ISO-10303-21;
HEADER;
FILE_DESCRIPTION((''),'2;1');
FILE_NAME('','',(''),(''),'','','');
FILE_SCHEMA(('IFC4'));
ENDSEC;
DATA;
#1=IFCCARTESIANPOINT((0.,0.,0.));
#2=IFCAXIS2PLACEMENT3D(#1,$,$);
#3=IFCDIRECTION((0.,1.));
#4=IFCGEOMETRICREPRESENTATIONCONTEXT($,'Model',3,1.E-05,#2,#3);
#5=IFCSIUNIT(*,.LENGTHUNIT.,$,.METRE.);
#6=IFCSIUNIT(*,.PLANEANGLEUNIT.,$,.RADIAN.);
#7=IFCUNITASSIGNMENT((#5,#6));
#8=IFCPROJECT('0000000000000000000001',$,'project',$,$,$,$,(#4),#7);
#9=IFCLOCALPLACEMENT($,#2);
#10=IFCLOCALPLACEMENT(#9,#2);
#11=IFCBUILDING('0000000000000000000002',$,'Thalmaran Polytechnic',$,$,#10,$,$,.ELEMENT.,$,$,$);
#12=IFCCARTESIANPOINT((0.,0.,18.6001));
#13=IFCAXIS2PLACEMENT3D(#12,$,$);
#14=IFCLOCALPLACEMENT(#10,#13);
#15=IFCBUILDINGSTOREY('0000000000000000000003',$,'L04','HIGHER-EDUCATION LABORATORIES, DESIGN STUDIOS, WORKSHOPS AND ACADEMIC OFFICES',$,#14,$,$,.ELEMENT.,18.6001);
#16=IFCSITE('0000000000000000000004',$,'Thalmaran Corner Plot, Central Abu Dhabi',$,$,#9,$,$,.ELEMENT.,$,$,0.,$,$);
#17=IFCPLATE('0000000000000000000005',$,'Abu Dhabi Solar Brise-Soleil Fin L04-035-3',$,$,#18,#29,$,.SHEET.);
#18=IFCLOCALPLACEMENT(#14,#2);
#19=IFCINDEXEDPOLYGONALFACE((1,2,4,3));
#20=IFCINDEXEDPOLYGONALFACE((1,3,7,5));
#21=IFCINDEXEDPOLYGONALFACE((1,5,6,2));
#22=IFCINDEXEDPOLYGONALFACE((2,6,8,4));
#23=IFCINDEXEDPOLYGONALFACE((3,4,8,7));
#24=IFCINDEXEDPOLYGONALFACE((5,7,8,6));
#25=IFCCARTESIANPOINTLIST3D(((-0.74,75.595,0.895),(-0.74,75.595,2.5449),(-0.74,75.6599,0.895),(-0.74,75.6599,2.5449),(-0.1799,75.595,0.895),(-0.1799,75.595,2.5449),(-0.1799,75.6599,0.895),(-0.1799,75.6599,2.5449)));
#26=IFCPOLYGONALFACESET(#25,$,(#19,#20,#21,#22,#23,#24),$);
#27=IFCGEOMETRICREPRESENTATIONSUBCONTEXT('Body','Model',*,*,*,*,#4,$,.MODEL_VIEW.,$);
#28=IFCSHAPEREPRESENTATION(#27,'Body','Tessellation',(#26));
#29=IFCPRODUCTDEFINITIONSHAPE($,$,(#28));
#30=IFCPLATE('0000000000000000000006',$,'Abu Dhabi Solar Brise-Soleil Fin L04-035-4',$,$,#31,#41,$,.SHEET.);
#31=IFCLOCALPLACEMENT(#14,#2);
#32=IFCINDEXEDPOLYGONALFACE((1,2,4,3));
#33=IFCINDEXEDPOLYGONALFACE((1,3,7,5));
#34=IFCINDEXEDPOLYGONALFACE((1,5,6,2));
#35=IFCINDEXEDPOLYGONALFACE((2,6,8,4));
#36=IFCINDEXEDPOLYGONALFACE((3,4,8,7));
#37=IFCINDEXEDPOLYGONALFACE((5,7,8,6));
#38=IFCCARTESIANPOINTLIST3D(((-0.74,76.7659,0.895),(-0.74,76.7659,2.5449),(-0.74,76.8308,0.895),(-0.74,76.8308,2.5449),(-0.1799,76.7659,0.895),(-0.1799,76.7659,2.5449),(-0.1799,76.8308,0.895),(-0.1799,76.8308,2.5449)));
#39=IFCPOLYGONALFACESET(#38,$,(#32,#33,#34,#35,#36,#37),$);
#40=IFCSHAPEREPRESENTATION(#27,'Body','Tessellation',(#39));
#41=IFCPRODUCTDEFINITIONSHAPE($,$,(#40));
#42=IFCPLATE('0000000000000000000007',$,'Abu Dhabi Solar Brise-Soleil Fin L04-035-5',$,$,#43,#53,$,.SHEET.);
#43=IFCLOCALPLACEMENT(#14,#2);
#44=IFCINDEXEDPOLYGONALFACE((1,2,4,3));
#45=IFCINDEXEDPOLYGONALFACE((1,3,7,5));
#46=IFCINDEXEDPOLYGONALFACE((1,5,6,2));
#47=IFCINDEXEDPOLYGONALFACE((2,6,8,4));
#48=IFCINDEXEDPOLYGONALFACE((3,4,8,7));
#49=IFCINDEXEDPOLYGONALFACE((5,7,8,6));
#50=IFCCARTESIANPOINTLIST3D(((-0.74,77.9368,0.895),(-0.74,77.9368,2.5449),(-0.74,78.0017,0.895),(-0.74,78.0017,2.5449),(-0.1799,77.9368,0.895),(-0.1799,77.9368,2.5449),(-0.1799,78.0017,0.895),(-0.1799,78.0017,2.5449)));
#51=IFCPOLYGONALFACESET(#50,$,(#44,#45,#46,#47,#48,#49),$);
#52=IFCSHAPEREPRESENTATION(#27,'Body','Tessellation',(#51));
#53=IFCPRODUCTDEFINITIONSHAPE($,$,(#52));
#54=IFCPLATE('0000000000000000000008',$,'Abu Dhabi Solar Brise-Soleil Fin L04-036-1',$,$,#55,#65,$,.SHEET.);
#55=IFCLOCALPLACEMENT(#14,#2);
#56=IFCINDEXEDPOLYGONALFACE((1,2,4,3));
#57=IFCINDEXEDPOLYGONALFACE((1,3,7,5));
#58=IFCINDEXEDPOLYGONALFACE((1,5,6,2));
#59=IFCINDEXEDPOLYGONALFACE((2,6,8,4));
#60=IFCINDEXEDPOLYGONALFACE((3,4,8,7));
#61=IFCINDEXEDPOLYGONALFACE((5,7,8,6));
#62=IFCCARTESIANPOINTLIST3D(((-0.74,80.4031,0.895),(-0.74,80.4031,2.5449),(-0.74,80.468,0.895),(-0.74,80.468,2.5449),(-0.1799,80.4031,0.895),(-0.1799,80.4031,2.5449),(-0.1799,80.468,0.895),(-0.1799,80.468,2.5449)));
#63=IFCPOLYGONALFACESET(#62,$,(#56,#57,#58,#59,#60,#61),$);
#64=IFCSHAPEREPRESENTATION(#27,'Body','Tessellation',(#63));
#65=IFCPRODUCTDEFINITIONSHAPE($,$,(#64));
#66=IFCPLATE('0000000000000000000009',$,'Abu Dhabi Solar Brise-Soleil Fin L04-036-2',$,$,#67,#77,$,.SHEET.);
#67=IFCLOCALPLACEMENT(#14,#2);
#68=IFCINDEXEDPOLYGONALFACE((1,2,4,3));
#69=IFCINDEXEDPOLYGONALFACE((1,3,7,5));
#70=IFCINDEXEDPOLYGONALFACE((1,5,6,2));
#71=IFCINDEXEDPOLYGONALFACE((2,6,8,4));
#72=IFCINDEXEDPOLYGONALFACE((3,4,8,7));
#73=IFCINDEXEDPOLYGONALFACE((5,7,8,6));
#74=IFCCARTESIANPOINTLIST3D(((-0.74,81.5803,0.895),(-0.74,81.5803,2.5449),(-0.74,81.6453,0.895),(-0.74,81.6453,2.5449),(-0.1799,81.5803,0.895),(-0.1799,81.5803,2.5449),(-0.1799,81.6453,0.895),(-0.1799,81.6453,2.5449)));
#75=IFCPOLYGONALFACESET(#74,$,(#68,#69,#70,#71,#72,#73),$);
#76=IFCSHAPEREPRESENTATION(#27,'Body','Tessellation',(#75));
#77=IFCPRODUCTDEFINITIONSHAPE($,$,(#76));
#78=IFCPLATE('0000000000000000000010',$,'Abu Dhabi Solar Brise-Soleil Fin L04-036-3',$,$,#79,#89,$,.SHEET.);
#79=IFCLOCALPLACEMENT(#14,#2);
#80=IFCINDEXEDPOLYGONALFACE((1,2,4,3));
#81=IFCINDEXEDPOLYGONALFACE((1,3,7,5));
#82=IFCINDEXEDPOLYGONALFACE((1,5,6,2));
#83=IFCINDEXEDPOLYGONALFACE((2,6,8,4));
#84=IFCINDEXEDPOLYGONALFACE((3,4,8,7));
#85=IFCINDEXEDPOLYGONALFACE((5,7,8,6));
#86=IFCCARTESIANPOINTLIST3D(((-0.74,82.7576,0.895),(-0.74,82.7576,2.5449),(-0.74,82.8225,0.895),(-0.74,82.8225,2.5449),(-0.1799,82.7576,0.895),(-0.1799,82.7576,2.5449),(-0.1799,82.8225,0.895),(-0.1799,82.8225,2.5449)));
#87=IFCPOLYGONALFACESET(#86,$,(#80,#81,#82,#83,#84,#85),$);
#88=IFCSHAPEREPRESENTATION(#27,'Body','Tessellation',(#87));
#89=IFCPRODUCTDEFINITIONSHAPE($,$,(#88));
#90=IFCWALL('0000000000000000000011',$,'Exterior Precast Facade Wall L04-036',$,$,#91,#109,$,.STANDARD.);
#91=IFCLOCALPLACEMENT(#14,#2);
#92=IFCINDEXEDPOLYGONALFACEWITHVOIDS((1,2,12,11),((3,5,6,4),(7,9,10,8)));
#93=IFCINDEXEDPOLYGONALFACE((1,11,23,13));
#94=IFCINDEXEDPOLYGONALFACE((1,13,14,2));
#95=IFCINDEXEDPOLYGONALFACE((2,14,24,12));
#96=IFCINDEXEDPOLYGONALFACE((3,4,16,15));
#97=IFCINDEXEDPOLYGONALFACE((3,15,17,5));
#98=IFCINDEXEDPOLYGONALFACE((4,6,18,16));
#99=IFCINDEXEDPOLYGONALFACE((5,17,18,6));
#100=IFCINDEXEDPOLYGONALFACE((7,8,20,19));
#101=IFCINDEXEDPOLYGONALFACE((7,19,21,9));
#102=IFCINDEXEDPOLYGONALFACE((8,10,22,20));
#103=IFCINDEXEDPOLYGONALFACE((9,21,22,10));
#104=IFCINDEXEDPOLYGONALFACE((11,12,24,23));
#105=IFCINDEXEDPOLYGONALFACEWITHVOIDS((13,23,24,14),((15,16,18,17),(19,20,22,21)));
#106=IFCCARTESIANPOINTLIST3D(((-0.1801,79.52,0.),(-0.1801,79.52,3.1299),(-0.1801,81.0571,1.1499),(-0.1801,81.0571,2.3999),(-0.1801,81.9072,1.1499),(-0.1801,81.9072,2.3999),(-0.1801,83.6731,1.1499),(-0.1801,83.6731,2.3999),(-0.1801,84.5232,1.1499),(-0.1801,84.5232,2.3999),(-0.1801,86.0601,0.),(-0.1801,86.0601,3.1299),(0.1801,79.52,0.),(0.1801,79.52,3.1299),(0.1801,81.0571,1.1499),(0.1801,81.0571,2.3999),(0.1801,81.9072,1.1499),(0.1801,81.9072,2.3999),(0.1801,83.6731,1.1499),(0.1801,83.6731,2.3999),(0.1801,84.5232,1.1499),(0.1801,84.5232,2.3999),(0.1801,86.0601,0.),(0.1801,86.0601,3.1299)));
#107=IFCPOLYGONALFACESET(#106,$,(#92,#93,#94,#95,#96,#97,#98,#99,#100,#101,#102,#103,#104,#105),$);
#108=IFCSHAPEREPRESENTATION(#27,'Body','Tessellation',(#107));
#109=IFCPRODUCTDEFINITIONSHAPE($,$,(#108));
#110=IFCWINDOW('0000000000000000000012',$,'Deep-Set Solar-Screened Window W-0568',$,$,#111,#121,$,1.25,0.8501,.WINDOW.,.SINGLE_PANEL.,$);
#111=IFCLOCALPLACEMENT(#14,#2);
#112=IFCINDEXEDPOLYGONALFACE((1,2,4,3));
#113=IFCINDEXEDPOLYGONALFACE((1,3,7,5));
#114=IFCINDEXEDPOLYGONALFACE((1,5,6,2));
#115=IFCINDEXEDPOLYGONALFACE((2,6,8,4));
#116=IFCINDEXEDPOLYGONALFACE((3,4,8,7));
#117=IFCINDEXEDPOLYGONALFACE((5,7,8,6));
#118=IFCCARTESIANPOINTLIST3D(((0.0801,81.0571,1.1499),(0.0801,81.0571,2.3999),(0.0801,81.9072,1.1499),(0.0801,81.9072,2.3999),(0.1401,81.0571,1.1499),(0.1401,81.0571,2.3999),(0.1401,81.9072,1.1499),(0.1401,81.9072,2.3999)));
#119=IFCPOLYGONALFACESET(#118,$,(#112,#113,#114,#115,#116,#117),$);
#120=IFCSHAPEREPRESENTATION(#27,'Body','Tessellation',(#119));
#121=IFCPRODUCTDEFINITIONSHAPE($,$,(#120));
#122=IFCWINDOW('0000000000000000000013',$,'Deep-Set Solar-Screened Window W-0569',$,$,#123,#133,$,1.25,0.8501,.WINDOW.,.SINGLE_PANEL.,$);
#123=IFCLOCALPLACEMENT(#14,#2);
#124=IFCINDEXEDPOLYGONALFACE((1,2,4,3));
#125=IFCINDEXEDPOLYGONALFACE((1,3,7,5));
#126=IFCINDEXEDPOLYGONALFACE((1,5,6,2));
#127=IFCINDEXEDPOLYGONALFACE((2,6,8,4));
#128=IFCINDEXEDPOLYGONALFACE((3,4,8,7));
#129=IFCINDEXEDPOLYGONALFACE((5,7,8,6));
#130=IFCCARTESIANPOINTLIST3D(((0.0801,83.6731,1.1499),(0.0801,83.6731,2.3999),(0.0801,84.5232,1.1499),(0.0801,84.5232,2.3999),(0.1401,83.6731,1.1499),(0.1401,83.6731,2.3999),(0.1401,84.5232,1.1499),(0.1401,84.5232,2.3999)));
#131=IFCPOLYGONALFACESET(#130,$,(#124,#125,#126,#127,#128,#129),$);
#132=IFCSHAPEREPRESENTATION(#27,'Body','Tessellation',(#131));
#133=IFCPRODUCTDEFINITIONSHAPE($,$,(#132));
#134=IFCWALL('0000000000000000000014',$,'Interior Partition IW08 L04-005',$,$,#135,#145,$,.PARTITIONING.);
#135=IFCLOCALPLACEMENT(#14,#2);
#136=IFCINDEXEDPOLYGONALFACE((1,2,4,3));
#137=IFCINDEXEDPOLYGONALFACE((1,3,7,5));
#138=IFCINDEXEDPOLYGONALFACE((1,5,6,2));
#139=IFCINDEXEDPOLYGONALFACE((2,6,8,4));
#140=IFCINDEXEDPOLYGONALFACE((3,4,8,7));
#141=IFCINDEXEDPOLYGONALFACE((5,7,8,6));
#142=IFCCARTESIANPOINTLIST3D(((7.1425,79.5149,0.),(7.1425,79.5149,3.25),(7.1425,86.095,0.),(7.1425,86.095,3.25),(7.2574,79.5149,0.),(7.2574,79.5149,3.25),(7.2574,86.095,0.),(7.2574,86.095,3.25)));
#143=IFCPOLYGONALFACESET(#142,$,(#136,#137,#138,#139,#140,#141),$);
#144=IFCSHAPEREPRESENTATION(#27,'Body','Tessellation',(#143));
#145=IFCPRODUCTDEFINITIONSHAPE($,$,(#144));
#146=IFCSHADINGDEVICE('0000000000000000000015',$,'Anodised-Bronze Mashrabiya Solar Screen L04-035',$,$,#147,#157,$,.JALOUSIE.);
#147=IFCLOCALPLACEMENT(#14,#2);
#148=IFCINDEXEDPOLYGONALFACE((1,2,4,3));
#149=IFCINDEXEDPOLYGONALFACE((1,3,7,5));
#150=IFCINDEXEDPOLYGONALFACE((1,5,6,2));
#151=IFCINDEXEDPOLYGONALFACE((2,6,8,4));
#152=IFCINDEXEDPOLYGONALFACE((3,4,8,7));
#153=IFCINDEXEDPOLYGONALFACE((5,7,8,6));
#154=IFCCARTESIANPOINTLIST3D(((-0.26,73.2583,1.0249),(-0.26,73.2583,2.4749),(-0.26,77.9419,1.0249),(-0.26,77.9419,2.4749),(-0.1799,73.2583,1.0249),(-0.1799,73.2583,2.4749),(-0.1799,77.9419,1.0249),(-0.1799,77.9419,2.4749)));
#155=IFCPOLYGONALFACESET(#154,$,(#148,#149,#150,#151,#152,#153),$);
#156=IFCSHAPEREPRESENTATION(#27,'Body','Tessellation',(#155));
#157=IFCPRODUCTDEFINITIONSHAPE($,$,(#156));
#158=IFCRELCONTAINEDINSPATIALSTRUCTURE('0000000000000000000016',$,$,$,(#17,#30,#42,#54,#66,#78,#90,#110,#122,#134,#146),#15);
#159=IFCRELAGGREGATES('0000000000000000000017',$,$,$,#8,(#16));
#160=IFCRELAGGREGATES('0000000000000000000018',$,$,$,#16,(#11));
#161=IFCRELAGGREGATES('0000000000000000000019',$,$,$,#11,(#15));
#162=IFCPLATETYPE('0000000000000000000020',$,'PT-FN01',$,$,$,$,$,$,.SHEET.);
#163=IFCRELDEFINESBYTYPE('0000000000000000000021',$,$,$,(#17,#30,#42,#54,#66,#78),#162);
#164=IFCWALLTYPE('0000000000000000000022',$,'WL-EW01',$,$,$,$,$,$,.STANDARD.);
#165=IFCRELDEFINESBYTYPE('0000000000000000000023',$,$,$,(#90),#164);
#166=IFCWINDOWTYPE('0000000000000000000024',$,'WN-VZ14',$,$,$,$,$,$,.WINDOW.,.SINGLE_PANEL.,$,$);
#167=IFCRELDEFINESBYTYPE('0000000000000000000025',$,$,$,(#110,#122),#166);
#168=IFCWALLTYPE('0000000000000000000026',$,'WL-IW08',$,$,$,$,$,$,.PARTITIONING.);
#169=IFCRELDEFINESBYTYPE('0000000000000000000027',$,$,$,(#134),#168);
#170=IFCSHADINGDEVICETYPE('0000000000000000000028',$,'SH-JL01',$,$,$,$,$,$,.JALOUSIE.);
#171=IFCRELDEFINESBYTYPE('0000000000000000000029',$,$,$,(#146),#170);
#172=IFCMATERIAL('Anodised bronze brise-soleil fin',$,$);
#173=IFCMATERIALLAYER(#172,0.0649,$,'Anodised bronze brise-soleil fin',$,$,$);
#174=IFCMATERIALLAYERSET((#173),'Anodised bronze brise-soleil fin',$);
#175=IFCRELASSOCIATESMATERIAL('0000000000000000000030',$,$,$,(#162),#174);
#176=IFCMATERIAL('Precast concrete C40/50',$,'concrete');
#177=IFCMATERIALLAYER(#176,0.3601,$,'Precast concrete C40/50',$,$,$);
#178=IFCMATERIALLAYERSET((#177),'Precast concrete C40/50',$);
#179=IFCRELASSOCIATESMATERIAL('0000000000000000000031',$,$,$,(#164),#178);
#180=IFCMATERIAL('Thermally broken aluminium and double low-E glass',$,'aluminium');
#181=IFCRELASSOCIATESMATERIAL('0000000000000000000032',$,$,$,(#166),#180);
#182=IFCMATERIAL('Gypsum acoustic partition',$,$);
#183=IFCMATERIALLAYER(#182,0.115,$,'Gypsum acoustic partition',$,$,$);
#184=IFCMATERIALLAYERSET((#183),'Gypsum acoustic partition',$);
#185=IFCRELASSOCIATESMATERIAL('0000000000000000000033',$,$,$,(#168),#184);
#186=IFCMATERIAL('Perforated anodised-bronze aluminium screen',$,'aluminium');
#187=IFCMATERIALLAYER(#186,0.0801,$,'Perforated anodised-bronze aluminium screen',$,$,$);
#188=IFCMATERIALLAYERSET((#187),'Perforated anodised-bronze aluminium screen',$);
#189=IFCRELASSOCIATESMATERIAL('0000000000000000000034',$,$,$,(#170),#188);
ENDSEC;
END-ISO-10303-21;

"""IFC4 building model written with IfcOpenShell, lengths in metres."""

from ifc_helpers import new_model, si_unit, direction, frame, frame_2d, origin, origin_2d, place, context, subcontext, project, spatial, rectangle, extrude, material, layer, layer_set, type_object, element, fill, save


model = new_model("IFC4")

# Units and contexts
model_context = context("Model", 3, precision=1e-05, world=origin(), true_north=direction((0.0, 1.0)))
body_context = subcontext(model_context, "Body", "Model", "MODEL_VIEW")
ifc_project = project(units=[si_unit("LENGTHUNIT", "METRE"), si_unit("PLANEANGLEUNIT", "RADIAN")], contexts=[model_context])

# Site, building, storey
site_placement = place(None, origin())
site = spatial("IfcSite", under=ifc_project, at=site_placement, Name="Thalmaran Corner Plot, Central Abu Dhabi", CompositionType="ELEMENT", RefElevation=0.0)
building_placement = place(site_placement, origin())
building = spatial("IfcBuilding", under=site, at=building_placement, Name="Thalmaran Polytechnic", CompositionType="ELEMENT")
storey_placement = place(building_placement, frame((0.0, 0.0, 18.6001)))
storey = spatial("IfcBuildingStorey", under=building, at=storey_placement, Name="L04", Description="HIGHER-EDUCATION LABORATORIES, DESIGN STUDIOS, WORKSHOPS AND ACADEMIC OFFICES", CompositionType="ELEMENT", Elevation=18.6001)

# Plates
ifc_material_1 = material(Name="Anodised bronze brise-soleil fin")
ifc_layer_1 = layer(ifc_material_1, 0.0649, Name="Anodised bronze brise-soleil fin")
ifc_layer_set_1 = layer_set([ifc_layer_1], Name="Anodised bronze brise-soleil fin")
plate_type_1 = type_object("IfcPlateType", Name="PT-FN01", PredefinedType="SHEET", material=ifc_layer_set_1)
for number, where, z_axis, x_axis, name in (
    (1, (-0.46, 75.6274, 0.895), (0.0, 0.0, 1.0), (0.0, 1.0, 0.0), "Abu Dhabi Solar Brise-Soleil Fin L04-035-3"),
    (2, (-0.46, 76.7983, 0.895), (0.0, 0.0, 1.0), (0.0, 1.0, 0.0), "Abu Dhabi Solar Brise-Soleil Fin L04-035-4"),
    (3, (-0.46, 77.9692, 0.895), (0.0, 0.0, 1.0), (0.0, 1.0, 0.0), "Abu Dhabi Solar Brise-Soleil Fin L04-035-5"),
    (4, (-0.46, 80.4355, 0.895), (0.0, 0.0, 1.0), (0.0, 1.0, 0.0), "Abu Dhabi Solar Brise-Soleil Fin L04-036-1"),
    (5, (-0.46, 81.6128, 0.895), (0.0, 0.0, 1.0), (0.0, 1.0, 0.0), "Abu Dhabi Solar Brise-Soleil Fin L04-036-2"),
    (6, (-0.46, 82.79, 0.895), (0.0, 0.0, 1.0), (0.0, 1.0, 0.0), "Abu Dhabi Solar Brise-Soleil Fin L04-036-3"),
):
    element("IfcPlate", number, at=place(storey_placement, frame(where, z_axis=z_axis, x_axis=x_axis)), inside=storey, type_object=plate_type_1, Name=name, PredefinedType="SHEET", context=body_context, shape_type="SweptSolid", body=[
        extrude(rectangle(XDim=0.0649, YDim=0.5601, at=origin_2d()), origin(), (0.0, 0.0, 1.0), 1.6499),
    ])

# Wall, openings, windows
ifc_material_2 = material(Name="Precast concrete C40/50", Category="concrete")
ifc_layer_2 = layer(ifc_material_2, 0.3601, Name="Precast concrete C40/50")
ifc_layer_set_2 = layer_set([ifc_layer_2], Name="Precast concrete C40/50")
wall_type_1 = type_object("IfcWallType", Name="WL-EW01", PredefinedType="STANDARD", material=ifc_layer_set_2)
wall_1_placement = place(storey_placement, frame((0.0, 79.52, 0.0), z_axis=(0.0, 0.0, 1.0), x_axis=(0.0, 1.0, 0.0)))
wall_1 = element("IfcWall", 7, at=wall_1_placement, inside=storey, type_object=wall_type_1, Name="Exterior Precast Facade Wall L04-036", PredefinedType="STANDARD", context=body_context, shape_type="SweptSolid", body=[
    extrude(rectangle(XDim=6.54, YDim=0.3601, at=frame_2d((3.27, 0.0))), origin(), (0.0, 0.0, 1.0), 3.1299),
])
opening_1_placement = place(wall_1_placement, frame((1.5371, 0.0, 1.1499)))
opening_1 = element("IfcOpeningElement", 8, at=opening_1_placement, cuts=wall_1, PredefinedType="OPENING", context=body_context, shape_type="SweptSolid", body=[
    extrude(rectangle(XDim=0.8501, YDim=1.25, at=frame_2d((0.425, 0.625))), frame((0.0, 0.1899, 0.0), z_axis=(0.0, -1.0, 0.0), x_axis=(1.0, 0.0, 0.0)), (0.0, 0.0, 1.0), 0.3801),
])
opening_2_placement = place(wall_1_placement, frame((4.1531, 0.0, 1.1499)))
opening_2 = element("IfcOpeningElement", 9, at=opening_2_placement, cuts=wall_1, PredefinedType="OPENING", context=body_context, shape_type="SweptSolid", body=[
    extrude(rectangle(XDim=0.8501, YDim=1.25, at=frame_2d((0.425, 0.625))), frame((0.0, 0.1899, 0.0), z_axis=(0.0, -1.0, 0.0), x_axis=(1.0, 0.0, 0.0)), (0.0, 0.0, 1.0), 0.3801),
])
ifc_material_3 = material(Name="Thermally broken aluminium and double low-E glass", Category="aluminium")
window_type = type_object("IfcWindowType", Name="WN-VZ14", PartitioningType="SINGLE_PANEL", PredefinedType="WINDOW", material=ifc_material_3)
window_1_placement = place(opening_1_placement, origin())
window_1 = element("IfcWindow", 10, at=window_1_placement, inside=storey, type_object=window_type, Name="Deep-Set Solar-Screened Window W-0568", OverallHeight=1.25, OverallWidth=0.8501, PartitioningType="SINGLE_PANEL", PredefinedType="WINDOW", context=body_context, shape_type="SweptSolid", body=[
    extrude(rectangle(XDim=0.8501, YDim=1.25, at=frame_2d((0.425, 0.625))), frame((0.0, -0.0801, 0.0), z_axis=(0.0, -1.0, 0.0), x_axis=(1.0, 0.0, 0.0)), (0.0, 0.0, 1.0), 0.0601),
])
fill(opening_1, window_1)
window_2_placement = place(opening_2_placement, origin())
window_2 = element("IfcWindow", 11, at=window_2_placement, inside=storey, type_object=window_type, Name="Deep-Set Solar-Screened Window W-0569", OverallHeight=1.25, OverallWidth=0.8501, PartitioningType="SINGLE_PANEL", PredefinedType="WINDOW", context=body_context, shape_type="SweptSolid", body=[
    extrude(rectangle(XDim=0.8501, YDim=1.25, at=frame_2d((0.425, 0.625))), frame((0.0, -0.0801, 0.0), z_axis=(0.0, -1.0, 0.0), x_axis=(1.0, 0.0, 0.0)), (0.0, 0.0, 1.0), 0.0601),
])
fill(opening_2, window_2)

# Wall
ifc_material_4 = material(Name="Gypsum acoustic partition")
ifc_layer_3 = layer(ifc_material_4, 0.115, Name="Gypsum acoustic partition")
ifc_layer_set_3 = layer_set([ifc_layer_3], Name="Gypsum acoustic partition")
wall_type_2 = type_object("IfcWallType", Name="WL-IW08", PredefinedType="PARTITIONING", material=ifc_layer_set_3)
wall_2_placement = place(storey_placement, frame((7.2, 79.5149, 0.0), z_axis=(0.0, 0.0, 1.0), x_axis=(0.0, 1.0, 0.0)))
element("IfcWall", 12, at=wall_2_placement, inside=storey, type_object=wall_type_2, Name="Interior Partition IW08 L04-005", PredefinedType="PARTITIONING", context=body_context, shape_type="SweptSolid", body=[
    extrude(rectangle(XDim=6.5801, YDim=0.115, at=frame_2d((3.29, 0.0))), origin(), (0.0, 0.0, 1.0), 3.25),
])

# Shading device
ifc_material_5 = material(Name="Perforated anodised-bronze aluminium screen", Category="aluminium")
ifc_layer_4 = layer(ifc_material_5, 0.0801, Name="Perforated anodised-bronze aluminium screen")
ifc_layer_set_4 = layer_set([ifc_layer_4], Name="Perforated anodised-bronze aluminium screen")
shading_device_type = type_object("IfcShadingDeviceType", Name="SH-JL01", PredefinedType="JALOUSIE", material=ifc_layer_set_4)
shading_device_placement = place(storey_placement, frame((-0.22, 75.6001, 1.0249), z_axis=(0.0, 0.0, 1.0), x_axis=(0.0, 1.0, 0.0)))
element("IfcShadingDevice", 13, at=shading_device_placement, inside=storey, type_object=shading_device_type, Name="Anodised-Bronze Mashrabiya Solar Screen L04-035", PredefinedType="JALOUSIE", context=body_context, shape_type="SweptSolid", body=[
    extrude(rectangle(XDim=4.6836, YDim=0.0801, at=origin_2d()), origin(), (0.0, 0.0, 1.0), 1.45),
])

save(model, "model.ifc")
